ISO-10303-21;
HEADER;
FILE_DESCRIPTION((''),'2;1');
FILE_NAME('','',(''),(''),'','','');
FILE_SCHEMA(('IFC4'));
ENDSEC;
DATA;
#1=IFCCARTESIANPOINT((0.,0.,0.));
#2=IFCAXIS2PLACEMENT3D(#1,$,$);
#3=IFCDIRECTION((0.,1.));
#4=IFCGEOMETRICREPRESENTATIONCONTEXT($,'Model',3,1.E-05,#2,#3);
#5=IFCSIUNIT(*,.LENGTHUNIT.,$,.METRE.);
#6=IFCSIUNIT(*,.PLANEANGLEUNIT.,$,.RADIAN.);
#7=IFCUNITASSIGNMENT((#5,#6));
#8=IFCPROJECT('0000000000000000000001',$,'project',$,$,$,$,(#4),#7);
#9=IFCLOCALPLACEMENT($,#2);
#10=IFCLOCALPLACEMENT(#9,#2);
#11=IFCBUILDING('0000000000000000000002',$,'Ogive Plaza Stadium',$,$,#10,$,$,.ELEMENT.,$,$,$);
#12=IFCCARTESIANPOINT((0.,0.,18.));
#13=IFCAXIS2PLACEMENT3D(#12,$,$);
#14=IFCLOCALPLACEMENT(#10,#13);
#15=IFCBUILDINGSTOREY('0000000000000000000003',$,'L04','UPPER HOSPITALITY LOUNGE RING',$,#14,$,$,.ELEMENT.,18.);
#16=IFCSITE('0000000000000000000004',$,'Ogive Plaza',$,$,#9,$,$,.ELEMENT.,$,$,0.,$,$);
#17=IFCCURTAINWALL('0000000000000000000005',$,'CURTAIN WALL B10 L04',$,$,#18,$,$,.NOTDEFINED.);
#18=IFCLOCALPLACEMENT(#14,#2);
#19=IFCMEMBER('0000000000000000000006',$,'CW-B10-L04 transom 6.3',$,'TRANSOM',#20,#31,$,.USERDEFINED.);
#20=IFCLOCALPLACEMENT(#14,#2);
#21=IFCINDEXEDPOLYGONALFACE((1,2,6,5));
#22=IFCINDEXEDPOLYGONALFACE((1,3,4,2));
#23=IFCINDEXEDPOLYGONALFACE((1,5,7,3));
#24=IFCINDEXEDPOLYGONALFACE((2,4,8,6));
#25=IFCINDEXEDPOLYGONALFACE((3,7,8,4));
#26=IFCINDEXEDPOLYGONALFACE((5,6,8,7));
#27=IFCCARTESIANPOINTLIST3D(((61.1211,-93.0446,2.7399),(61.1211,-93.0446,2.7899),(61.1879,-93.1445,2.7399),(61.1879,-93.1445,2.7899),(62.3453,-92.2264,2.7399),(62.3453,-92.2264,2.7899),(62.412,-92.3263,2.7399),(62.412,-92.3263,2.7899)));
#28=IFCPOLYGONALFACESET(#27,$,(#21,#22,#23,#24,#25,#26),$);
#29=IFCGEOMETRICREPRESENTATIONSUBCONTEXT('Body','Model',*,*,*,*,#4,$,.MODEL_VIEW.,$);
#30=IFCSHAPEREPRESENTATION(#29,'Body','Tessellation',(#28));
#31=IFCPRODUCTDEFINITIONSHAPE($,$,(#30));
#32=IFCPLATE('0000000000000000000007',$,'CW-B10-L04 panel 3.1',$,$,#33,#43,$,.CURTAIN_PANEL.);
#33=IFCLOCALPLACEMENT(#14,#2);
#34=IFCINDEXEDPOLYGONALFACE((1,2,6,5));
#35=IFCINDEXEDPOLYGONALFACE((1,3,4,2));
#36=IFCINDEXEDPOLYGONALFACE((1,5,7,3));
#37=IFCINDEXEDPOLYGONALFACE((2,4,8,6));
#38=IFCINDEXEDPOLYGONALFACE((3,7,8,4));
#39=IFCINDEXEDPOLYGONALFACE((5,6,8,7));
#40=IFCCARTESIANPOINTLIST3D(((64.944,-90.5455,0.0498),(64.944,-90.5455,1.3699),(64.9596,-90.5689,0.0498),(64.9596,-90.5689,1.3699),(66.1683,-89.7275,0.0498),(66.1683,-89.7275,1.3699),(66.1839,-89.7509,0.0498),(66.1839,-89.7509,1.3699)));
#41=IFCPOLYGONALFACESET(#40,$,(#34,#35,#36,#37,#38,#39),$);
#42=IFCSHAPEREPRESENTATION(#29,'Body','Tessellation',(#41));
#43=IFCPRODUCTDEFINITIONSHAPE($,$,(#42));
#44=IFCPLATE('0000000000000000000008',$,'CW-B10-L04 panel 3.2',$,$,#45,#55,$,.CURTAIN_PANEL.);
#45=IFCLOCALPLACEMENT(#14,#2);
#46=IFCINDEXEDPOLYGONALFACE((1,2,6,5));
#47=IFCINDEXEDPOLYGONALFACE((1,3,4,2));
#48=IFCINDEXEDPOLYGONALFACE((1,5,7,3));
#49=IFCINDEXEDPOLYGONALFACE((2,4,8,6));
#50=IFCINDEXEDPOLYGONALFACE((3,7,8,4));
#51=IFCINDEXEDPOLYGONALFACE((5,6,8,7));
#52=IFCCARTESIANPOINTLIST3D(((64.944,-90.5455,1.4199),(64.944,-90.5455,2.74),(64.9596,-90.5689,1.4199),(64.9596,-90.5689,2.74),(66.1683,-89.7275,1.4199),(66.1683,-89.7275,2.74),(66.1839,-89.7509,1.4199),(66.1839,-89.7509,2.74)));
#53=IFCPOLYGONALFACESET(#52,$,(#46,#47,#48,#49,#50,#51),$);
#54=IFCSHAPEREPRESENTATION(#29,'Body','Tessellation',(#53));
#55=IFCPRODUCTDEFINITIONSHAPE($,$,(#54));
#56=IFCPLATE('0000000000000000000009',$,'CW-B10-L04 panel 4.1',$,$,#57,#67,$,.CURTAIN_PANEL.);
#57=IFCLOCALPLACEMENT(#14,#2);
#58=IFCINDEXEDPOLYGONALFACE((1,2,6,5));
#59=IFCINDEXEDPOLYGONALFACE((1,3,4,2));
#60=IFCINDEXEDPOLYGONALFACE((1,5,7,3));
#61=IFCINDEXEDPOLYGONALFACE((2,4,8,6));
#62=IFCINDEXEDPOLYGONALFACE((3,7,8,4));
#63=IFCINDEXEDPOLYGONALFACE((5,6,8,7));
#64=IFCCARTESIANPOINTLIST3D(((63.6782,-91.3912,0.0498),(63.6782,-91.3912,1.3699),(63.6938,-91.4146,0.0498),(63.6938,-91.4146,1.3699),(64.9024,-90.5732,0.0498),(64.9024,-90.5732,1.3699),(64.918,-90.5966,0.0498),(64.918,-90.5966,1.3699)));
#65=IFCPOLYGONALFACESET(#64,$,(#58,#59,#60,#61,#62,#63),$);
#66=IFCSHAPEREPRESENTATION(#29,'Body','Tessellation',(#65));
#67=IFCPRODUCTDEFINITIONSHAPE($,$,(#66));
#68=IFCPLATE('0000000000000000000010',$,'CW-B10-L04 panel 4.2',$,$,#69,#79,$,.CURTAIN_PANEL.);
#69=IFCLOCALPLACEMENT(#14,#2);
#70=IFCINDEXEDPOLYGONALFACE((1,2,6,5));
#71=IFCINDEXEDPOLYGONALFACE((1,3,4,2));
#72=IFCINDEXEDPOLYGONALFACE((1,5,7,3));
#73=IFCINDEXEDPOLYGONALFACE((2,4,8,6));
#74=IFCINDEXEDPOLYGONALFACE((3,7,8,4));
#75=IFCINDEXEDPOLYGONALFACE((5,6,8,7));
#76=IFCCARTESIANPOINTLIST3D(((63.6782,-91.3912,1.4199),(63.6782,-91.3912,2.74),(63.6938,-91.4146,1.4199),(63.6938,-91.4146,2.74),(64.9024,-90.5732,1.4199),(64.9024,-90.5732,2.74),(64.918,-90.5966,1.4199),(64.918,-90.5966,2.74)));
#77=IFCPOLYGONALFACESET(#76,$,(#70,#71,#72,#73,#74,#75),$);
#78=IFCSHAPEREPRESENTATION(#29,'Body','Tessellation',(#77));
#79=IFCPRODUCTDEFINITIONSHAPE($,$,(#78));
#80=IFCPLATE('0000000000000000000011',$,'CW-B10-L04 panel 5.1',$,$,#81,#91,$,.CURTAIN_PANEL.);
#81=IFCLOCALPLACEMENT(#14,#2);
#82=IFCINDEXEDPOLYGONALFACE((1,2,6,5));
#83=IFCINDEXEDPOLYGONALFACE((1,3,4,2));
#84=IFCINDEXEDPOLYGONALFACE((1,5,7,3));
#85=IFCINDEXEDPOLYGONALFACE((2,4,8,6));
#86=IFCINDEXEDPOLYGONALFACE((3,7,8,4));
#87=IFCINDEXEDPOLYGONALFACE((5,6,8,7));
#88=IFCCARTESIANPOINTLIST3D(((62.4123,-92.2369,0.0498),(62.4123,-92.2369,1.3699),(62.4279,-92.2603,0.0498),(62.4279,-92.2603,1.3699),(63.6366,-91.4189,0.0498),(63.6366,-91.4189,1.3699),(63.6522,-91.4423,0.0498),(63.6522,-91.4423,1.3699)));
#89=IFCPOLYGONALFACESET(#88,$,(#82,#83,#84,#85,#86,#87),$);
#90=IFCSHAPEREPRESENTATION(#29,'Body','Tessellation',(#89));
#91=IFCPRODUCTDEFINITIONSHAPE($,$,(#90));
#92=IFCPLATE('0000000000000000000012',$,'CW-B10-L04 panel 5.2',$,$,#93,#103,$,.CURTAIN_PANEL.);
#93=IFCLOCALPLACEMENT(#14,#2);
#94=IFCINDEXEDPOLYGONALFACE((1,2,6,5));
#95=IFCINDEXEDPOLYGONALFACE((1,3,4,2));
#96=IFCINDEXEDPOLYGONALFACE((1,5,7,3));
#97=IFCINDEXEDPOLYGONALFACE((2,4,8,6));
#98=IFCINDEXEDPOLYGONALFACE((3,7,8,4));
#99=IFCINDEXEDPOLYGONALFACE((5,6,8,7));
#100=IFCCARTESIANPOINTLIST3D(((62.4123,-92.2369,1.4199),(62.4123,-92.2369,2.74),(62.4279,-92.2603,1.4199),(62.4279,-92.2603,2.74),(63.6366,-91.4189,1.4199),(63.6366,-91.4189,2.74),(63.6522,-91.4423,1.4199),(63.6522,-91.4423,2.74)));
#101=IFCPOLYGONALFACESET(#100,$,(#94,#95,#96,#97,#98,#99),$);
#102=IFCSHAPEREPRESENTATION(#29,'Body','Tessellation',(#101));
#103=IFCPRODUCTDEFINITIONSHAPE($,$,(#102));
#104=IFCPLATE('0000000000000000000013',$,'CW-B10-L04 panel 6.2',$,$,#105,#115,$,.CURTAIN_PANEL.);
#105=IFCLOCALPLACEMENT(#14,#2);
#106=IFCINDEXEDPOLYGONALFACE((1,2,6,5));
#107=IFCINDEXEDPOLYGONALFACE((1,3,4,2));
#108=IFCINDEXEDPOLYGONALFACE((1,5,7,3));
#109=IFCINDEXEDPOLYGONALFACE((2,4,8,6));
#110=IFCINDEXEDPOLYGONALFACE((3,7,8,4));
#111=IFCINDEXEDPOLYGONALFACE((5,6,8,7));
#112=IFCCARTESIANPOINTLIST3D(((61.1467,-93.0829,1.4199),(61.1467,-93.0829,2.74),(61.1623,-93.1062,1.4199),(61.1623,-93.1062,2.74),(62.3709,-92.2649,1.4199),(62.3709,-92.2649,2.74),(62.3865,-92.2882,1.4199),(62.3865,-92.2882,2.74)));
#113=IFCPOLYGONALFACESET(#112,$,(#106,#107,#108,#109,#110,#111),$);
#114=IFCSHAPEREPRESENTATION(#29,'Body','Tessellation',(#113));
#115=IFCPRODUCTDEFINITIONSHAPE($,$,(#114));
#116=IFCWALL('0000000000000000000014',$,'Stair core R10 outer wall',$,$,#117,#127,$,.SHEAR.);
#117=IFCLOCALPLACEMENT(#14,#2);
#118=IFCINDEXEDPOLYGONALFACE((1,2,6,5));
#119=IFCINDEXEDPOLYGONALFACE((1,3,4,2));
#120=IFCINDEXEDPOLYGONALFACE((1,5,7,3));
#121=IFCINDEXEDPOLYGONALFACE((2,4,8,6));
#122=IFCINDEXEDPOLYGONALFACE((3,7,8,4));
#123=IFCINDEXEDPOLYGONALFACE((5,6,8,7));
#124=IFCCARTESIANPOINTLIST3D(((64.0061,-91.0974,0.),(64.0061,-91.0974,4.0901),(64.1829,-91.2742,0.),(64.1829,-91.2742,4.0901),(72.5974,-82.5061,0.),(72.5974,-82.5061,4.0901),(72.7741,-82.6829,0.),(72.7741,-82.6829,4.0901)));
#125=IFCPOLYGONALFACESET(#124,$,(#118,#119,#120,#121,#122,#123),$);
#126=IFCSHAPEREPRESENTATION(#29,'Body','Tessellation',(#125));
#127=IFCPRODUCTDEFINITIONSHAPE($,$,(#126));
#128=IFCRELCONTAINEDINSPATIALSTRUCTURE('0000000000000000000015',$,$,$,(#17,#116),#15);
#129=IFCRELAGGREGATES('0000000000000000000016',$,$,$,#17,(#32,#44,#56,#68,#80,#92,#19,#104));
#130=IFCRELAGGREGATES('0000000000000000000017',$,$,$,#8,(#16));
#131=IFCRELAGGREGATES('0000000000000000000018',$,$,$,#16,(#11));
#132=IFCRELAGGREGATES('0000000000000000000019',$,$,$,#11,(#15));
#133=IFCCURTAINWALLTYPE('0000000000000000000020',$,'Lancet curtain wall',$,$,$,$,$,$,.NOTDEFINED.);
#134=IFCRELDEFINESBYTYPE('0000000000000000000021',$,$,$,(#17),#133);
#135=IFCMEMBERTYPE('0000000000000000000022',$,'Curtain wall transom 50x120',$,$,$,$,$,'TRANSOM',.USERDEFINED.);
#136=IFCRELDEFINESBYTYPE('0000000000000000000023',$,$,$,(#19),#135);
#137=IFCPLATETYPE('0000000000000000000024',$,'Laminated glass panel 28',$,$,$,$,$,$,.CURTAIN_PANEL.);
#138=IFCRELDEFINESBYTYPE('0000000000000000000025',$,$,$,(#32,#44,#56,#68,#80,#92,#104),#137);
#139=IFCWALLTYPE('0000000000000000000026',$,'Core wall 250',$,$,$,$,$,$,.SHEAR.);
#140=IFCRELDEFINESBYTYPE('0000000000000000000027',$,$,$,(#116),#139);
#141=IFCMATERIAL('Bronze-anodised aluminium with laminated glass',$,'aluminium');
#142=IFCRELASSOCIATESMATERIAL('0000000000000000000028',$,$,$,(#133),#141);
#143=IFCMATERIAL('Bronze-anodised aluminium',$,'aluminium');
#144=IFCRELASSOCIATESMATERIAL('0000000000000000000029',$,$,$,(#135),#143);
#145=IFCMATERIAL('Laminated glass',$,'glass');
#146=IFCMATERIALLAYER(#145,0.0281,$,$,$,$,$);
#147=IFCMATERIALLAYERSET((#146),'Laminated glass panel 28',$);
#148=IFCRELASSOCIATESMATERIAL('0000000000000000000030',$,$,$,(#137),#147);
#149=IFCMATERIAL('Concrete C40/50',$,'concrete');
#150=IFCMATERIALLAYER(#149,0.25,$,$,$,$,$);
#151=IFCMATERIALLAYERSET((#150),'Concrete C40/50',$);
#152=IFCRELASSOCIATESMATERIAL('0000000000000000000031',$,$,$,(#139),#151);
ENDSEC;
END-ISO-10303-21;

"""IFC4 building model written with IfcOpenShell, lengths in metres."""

from ifc_helpers import new_model, si_unit, direction, frame, frame_2d, origin, origin_2d, place, context, subcontext, project, spatial, rectangle, extrude, material, layer, layer_set, material_profile, profile_set, type_object, element, aggregate, save


model = new_model("IFC4")

# Units and contexts
model_context = context("Model", 3, precision=1e-05, world=origin(), true_north=direction((0.0, 1.0)))
body_context = subcontext(model_context, "Body", "Model", "MODEL_VIEW")
ifc_project = project(units=[si_unit("LENGTHUNIT", "METRE"), si_unit("PLANEANGLEUNIT", "RADIAN")], contexts=[model_context])

# Site, building, storey
site_placement = place(None, origin())
site = spatial("IfcSite", under=ifc_project, at=site_placement, Name="Ogive Plaza", CompositionType="ELEMENT", RefElevation=0.0)
building_placement = place(site_placement, origin())
building = spatial("IfcBuilding", under=site, at=building_placement, Name="Ogive Plaza Stadium", CompositionType="ELEMENT")
storey_placement = place(building_placement, frame((0.0, 0.0, 18.0)))
storey = spatial("IfcBuildingStorey", under=building, at=storey_placement, Name="L04", Description="UPPER HOSPITALITY LOUNGE RING", CompositionType="ELEMENT", Elevation=18.0)

# Curtain wall, member, plates
ifc_material_1 = material(Name="Bronze-anodised aluminium with laminated glass", Category="aluminium")
curtain_wall_type = type_object("IfcCurtainWallType", Name="Lancet curtain wall", PredefinedType="NOTDEFINED", material=ifc_material_1)
curtain_wall_placement = place(storey_placement, origin())
curtain_wall = element("IfcCurtainWall", 1, at=curtain_wall_placement, inside=storey, type_object=curtain_wall_type, Name="CURTAIN WALL B10 L04", PredefinedType="NOTDEFINED")
ifc_material_2 = material(Name="Bronze-anodised aluminium", Category="aluminium")
ifc_material_profile_1 = material_profile(ifc_material_2, rectangle(XDim=0.1201, YDim=0.05, at=origin_2d()), Name="AL 120x50")
ifc_profile_set_1 = profile_set([ifc_material_profile_1], Name="Bronze-anodised aluminium")
member_type_1 = type_object("IfcMemberType", Name="Curtain wall transom 50x120", ElementType="TRANSOM", PredefinedType="USERDEFINED", material=ifc_profile_set_1)
member_1_placement = place(storey_placement, frame((62.3787, -92.2764, 2.7649), z_axis=(-0.831412, -0.555656, 0.0), x_axis=(0.555656, -0.831412, 0.0)))
member_1 = element("IfcMember", 2, at=member_1_placement, type_object=member_type_1, Name="CW-B10-L04 transom 6.3", ObjectType="TRANSOM", PredefinedType="USERDEFINED", context=body_context, shape_type="SweptSolid", body=[
    extrude(rectangle(XDim=0.1201, YDim=0.05, at=origin_2d()), origin(), (0.0, 0.0, 1.0), 1.4724),
])
ifc_material_3 = material(Name="Laminated glass", Category="glass")
ifc_layer_1 = layer(ifc_material_3, 0.0281)
ifc_layer_set_1 = layer_set([ifc_layer_1], Name="Laminated glass panel 28")
plate_type = type_object("IfcPlateType", Name="Laminated glass panel 28", PredefinedType="CURTAIN_PANEL", material=ifc_layer_set_1)
plate_1_placement = place(storey_placement, frame((65.564, -90.1482, 0.0498), z_axis=(0.0, 0.0, 1.0), x_axis=(-0.83147, -0.55557, 0.0)))
plate_1 = element("IfcPlate", 3, at=plate_1_placement, type_object=plate_type, Name="CW-B10-L04 panel 3.1", PredefinedType="CURTAIN_PANEL", context=body_context, shape_type="SweptSolid", body=[
    extrude(rectangle(XDim=1.4724, YDim=0.0281, at=origin_2d()), origin(), (0.0, 0.0, 1.0), 1.3201),
])
plate_2_placement = place(storey_placement, frame((65.564, -90.1482, 1.4199), z_axis=(0.0, 0.0, 1.0), x_axis=(-0.83147, -0.55557, 0.0)))
plate_2 = element("IfcPlate", 4, at=plate_2_placement, type_object=plate_type, Name="CW-B10-L04 panel 3.2", PredefinedType="CURTAIN_PANEL", context=body_context, shape_type="SweptSolid", body=[
    extrude(rectangle(XDim=1.4724, YDim=0.0281, at=origin_2d()), origin(), (0.0, 0.0, 1.0), 1.3201),
])
plate_3_placement = place(storey_placement, frame((64.2981, -90.9939, 0.0498), z_axis=(0.0, 0.0, 1.0), x_axis=(-0.83147, -0.55557, 0.0)))
plate_3 = element("IfcPlate", 5, at=plate_3_placement, type_object=plate_type, Name="CW-B10-L04 panel 4.1", PredefinedType="CURTAIN_PANEL", context=body_context, shape_type="SweptSolid", body=[
    extrude(rectangle(XDim=1.4724, YDim=0.0281, at=origin_2d()), origin(), (0.0, 0.0, 1.0), 1.3201),
])
plate_4_placement = place(storey_placement, frame((64.2981, -90.9939, 1.4199), z_axis=(0.0, 0.0, 1.0), x_axis=(-0.83147, -0.55557, 0.0)))
plate_4 = element("IfcPlate", 6, at=plate_4_placement, type_object=plate_type, Name="CW-B10-L04 panel 4.2", PredefinedType="CURTAIN_PANEL", context=body_context, shape_type="SweptSolid", body=[
    extrude(rectangle(XDim=1.4724, YDim=0.0281, at=origin_2d()), origin(), (0.0, 0.0, 1.0), 1.3201),
])
plate_5_placement = place(storey_placement, frame((63.0322, -91.8396, 0.0498), z_axis=(0.0, 0.0, 1.0), x_axis=(-0.83147, -0.55557, 0.0)))
plate_5 = element("IfcPlate", 7, at=plate_5_placement, type_object=plate_type, Name="CW-B10-L04 panel 5.1", PredefinedType="CURTAIN_PANEL", context=body_context, shape_type="SweptSolid", body=[
    extrude(rectangle(XDim=1.4724, YDim=0.0281, at=origin_2d()), origin(), (0.0, 0.0, 1.0), 1.3201),
])
plate_6_placement = place(storey_placement, frame((63.0322, -91.8396, 1.4199), z_axis=(0.0, 0.0, 1.0), x_axis=(-0.83147, -0.55557, 0.0)))
plate_6 = element("IfcPlate", 8, at=plate_6_placement, type_object=plate_type, Name="CW-B10-L04 panel 5.2", PredefinedType="CURTAIN_PANEL", context=body_context, shape_type="SweptSolid", body=[
    extrude(rectangle(XDim=1.4724, YDim=0.0281, at=origin_2d()), origin(), (0.0, 0.0, 1.0), 1.3201),
])
plate_7_placement = place(storey_placement, frame((61.7666, -92.6855, 1.4199), z_axis=(0.0, 0.0, 1.0), x_axis=(-0.83147, -0.55557, 0.0)))
plate_7 = element("IfcPlate", 9, at=plate_7_placement, type_object=plate_type, Name="CW-B10-L04 panel 6.2", PredefinedType="CURTAIN_PANEL", context=body_context, shape_type="SweptSolid", body=[
    extrude(rectangle(XDim=1.4724, YDim=0.0281, at=origin_2d()), origin(), (0.0, 0.0, 1.0), 1.3201),
])
aggregate(curtain_wall, [plate_1, plate_2, plate_3, plate_4, plate_5, plate_6, member_1, plate_7])

# Wall
ifc_material_4 = material(Name="Concrete C40/50", Category="concrete")
ifc_layer_2 = layer(ifc_material_4, 0.25)
ifc_layer_set_2 = layer_set([ifc_layer_2], Name="Concrete C40/50")
wall_type = type_object("IfcWallType", Name="Core wall 250", PredefinedType="SHEAR", material=ifc_layer_set_2)
wall_placement = place(storey_placement, frame((64.0945, -91.1858, 0.0), z_axis=(0.0, 0.0, 1.0), x_axis=(0.707107, 0.707107, 0.0)))
element("IfcWall", 10, at=wall_placement, inside=storey, type_object=wall_type, Name="Stair core R10 outer wall", PredefinedType="SHEAR", context=body_context, shape_type="SweptSolid", body=[
    extrude(rectangle(XDim=12.1499, YDim=0.25, at=frame_2d((6.075, 0.0))), origin(), (0.0, 0.0, 1.0), 4.0901),
])

save(model, "model.ifc")
